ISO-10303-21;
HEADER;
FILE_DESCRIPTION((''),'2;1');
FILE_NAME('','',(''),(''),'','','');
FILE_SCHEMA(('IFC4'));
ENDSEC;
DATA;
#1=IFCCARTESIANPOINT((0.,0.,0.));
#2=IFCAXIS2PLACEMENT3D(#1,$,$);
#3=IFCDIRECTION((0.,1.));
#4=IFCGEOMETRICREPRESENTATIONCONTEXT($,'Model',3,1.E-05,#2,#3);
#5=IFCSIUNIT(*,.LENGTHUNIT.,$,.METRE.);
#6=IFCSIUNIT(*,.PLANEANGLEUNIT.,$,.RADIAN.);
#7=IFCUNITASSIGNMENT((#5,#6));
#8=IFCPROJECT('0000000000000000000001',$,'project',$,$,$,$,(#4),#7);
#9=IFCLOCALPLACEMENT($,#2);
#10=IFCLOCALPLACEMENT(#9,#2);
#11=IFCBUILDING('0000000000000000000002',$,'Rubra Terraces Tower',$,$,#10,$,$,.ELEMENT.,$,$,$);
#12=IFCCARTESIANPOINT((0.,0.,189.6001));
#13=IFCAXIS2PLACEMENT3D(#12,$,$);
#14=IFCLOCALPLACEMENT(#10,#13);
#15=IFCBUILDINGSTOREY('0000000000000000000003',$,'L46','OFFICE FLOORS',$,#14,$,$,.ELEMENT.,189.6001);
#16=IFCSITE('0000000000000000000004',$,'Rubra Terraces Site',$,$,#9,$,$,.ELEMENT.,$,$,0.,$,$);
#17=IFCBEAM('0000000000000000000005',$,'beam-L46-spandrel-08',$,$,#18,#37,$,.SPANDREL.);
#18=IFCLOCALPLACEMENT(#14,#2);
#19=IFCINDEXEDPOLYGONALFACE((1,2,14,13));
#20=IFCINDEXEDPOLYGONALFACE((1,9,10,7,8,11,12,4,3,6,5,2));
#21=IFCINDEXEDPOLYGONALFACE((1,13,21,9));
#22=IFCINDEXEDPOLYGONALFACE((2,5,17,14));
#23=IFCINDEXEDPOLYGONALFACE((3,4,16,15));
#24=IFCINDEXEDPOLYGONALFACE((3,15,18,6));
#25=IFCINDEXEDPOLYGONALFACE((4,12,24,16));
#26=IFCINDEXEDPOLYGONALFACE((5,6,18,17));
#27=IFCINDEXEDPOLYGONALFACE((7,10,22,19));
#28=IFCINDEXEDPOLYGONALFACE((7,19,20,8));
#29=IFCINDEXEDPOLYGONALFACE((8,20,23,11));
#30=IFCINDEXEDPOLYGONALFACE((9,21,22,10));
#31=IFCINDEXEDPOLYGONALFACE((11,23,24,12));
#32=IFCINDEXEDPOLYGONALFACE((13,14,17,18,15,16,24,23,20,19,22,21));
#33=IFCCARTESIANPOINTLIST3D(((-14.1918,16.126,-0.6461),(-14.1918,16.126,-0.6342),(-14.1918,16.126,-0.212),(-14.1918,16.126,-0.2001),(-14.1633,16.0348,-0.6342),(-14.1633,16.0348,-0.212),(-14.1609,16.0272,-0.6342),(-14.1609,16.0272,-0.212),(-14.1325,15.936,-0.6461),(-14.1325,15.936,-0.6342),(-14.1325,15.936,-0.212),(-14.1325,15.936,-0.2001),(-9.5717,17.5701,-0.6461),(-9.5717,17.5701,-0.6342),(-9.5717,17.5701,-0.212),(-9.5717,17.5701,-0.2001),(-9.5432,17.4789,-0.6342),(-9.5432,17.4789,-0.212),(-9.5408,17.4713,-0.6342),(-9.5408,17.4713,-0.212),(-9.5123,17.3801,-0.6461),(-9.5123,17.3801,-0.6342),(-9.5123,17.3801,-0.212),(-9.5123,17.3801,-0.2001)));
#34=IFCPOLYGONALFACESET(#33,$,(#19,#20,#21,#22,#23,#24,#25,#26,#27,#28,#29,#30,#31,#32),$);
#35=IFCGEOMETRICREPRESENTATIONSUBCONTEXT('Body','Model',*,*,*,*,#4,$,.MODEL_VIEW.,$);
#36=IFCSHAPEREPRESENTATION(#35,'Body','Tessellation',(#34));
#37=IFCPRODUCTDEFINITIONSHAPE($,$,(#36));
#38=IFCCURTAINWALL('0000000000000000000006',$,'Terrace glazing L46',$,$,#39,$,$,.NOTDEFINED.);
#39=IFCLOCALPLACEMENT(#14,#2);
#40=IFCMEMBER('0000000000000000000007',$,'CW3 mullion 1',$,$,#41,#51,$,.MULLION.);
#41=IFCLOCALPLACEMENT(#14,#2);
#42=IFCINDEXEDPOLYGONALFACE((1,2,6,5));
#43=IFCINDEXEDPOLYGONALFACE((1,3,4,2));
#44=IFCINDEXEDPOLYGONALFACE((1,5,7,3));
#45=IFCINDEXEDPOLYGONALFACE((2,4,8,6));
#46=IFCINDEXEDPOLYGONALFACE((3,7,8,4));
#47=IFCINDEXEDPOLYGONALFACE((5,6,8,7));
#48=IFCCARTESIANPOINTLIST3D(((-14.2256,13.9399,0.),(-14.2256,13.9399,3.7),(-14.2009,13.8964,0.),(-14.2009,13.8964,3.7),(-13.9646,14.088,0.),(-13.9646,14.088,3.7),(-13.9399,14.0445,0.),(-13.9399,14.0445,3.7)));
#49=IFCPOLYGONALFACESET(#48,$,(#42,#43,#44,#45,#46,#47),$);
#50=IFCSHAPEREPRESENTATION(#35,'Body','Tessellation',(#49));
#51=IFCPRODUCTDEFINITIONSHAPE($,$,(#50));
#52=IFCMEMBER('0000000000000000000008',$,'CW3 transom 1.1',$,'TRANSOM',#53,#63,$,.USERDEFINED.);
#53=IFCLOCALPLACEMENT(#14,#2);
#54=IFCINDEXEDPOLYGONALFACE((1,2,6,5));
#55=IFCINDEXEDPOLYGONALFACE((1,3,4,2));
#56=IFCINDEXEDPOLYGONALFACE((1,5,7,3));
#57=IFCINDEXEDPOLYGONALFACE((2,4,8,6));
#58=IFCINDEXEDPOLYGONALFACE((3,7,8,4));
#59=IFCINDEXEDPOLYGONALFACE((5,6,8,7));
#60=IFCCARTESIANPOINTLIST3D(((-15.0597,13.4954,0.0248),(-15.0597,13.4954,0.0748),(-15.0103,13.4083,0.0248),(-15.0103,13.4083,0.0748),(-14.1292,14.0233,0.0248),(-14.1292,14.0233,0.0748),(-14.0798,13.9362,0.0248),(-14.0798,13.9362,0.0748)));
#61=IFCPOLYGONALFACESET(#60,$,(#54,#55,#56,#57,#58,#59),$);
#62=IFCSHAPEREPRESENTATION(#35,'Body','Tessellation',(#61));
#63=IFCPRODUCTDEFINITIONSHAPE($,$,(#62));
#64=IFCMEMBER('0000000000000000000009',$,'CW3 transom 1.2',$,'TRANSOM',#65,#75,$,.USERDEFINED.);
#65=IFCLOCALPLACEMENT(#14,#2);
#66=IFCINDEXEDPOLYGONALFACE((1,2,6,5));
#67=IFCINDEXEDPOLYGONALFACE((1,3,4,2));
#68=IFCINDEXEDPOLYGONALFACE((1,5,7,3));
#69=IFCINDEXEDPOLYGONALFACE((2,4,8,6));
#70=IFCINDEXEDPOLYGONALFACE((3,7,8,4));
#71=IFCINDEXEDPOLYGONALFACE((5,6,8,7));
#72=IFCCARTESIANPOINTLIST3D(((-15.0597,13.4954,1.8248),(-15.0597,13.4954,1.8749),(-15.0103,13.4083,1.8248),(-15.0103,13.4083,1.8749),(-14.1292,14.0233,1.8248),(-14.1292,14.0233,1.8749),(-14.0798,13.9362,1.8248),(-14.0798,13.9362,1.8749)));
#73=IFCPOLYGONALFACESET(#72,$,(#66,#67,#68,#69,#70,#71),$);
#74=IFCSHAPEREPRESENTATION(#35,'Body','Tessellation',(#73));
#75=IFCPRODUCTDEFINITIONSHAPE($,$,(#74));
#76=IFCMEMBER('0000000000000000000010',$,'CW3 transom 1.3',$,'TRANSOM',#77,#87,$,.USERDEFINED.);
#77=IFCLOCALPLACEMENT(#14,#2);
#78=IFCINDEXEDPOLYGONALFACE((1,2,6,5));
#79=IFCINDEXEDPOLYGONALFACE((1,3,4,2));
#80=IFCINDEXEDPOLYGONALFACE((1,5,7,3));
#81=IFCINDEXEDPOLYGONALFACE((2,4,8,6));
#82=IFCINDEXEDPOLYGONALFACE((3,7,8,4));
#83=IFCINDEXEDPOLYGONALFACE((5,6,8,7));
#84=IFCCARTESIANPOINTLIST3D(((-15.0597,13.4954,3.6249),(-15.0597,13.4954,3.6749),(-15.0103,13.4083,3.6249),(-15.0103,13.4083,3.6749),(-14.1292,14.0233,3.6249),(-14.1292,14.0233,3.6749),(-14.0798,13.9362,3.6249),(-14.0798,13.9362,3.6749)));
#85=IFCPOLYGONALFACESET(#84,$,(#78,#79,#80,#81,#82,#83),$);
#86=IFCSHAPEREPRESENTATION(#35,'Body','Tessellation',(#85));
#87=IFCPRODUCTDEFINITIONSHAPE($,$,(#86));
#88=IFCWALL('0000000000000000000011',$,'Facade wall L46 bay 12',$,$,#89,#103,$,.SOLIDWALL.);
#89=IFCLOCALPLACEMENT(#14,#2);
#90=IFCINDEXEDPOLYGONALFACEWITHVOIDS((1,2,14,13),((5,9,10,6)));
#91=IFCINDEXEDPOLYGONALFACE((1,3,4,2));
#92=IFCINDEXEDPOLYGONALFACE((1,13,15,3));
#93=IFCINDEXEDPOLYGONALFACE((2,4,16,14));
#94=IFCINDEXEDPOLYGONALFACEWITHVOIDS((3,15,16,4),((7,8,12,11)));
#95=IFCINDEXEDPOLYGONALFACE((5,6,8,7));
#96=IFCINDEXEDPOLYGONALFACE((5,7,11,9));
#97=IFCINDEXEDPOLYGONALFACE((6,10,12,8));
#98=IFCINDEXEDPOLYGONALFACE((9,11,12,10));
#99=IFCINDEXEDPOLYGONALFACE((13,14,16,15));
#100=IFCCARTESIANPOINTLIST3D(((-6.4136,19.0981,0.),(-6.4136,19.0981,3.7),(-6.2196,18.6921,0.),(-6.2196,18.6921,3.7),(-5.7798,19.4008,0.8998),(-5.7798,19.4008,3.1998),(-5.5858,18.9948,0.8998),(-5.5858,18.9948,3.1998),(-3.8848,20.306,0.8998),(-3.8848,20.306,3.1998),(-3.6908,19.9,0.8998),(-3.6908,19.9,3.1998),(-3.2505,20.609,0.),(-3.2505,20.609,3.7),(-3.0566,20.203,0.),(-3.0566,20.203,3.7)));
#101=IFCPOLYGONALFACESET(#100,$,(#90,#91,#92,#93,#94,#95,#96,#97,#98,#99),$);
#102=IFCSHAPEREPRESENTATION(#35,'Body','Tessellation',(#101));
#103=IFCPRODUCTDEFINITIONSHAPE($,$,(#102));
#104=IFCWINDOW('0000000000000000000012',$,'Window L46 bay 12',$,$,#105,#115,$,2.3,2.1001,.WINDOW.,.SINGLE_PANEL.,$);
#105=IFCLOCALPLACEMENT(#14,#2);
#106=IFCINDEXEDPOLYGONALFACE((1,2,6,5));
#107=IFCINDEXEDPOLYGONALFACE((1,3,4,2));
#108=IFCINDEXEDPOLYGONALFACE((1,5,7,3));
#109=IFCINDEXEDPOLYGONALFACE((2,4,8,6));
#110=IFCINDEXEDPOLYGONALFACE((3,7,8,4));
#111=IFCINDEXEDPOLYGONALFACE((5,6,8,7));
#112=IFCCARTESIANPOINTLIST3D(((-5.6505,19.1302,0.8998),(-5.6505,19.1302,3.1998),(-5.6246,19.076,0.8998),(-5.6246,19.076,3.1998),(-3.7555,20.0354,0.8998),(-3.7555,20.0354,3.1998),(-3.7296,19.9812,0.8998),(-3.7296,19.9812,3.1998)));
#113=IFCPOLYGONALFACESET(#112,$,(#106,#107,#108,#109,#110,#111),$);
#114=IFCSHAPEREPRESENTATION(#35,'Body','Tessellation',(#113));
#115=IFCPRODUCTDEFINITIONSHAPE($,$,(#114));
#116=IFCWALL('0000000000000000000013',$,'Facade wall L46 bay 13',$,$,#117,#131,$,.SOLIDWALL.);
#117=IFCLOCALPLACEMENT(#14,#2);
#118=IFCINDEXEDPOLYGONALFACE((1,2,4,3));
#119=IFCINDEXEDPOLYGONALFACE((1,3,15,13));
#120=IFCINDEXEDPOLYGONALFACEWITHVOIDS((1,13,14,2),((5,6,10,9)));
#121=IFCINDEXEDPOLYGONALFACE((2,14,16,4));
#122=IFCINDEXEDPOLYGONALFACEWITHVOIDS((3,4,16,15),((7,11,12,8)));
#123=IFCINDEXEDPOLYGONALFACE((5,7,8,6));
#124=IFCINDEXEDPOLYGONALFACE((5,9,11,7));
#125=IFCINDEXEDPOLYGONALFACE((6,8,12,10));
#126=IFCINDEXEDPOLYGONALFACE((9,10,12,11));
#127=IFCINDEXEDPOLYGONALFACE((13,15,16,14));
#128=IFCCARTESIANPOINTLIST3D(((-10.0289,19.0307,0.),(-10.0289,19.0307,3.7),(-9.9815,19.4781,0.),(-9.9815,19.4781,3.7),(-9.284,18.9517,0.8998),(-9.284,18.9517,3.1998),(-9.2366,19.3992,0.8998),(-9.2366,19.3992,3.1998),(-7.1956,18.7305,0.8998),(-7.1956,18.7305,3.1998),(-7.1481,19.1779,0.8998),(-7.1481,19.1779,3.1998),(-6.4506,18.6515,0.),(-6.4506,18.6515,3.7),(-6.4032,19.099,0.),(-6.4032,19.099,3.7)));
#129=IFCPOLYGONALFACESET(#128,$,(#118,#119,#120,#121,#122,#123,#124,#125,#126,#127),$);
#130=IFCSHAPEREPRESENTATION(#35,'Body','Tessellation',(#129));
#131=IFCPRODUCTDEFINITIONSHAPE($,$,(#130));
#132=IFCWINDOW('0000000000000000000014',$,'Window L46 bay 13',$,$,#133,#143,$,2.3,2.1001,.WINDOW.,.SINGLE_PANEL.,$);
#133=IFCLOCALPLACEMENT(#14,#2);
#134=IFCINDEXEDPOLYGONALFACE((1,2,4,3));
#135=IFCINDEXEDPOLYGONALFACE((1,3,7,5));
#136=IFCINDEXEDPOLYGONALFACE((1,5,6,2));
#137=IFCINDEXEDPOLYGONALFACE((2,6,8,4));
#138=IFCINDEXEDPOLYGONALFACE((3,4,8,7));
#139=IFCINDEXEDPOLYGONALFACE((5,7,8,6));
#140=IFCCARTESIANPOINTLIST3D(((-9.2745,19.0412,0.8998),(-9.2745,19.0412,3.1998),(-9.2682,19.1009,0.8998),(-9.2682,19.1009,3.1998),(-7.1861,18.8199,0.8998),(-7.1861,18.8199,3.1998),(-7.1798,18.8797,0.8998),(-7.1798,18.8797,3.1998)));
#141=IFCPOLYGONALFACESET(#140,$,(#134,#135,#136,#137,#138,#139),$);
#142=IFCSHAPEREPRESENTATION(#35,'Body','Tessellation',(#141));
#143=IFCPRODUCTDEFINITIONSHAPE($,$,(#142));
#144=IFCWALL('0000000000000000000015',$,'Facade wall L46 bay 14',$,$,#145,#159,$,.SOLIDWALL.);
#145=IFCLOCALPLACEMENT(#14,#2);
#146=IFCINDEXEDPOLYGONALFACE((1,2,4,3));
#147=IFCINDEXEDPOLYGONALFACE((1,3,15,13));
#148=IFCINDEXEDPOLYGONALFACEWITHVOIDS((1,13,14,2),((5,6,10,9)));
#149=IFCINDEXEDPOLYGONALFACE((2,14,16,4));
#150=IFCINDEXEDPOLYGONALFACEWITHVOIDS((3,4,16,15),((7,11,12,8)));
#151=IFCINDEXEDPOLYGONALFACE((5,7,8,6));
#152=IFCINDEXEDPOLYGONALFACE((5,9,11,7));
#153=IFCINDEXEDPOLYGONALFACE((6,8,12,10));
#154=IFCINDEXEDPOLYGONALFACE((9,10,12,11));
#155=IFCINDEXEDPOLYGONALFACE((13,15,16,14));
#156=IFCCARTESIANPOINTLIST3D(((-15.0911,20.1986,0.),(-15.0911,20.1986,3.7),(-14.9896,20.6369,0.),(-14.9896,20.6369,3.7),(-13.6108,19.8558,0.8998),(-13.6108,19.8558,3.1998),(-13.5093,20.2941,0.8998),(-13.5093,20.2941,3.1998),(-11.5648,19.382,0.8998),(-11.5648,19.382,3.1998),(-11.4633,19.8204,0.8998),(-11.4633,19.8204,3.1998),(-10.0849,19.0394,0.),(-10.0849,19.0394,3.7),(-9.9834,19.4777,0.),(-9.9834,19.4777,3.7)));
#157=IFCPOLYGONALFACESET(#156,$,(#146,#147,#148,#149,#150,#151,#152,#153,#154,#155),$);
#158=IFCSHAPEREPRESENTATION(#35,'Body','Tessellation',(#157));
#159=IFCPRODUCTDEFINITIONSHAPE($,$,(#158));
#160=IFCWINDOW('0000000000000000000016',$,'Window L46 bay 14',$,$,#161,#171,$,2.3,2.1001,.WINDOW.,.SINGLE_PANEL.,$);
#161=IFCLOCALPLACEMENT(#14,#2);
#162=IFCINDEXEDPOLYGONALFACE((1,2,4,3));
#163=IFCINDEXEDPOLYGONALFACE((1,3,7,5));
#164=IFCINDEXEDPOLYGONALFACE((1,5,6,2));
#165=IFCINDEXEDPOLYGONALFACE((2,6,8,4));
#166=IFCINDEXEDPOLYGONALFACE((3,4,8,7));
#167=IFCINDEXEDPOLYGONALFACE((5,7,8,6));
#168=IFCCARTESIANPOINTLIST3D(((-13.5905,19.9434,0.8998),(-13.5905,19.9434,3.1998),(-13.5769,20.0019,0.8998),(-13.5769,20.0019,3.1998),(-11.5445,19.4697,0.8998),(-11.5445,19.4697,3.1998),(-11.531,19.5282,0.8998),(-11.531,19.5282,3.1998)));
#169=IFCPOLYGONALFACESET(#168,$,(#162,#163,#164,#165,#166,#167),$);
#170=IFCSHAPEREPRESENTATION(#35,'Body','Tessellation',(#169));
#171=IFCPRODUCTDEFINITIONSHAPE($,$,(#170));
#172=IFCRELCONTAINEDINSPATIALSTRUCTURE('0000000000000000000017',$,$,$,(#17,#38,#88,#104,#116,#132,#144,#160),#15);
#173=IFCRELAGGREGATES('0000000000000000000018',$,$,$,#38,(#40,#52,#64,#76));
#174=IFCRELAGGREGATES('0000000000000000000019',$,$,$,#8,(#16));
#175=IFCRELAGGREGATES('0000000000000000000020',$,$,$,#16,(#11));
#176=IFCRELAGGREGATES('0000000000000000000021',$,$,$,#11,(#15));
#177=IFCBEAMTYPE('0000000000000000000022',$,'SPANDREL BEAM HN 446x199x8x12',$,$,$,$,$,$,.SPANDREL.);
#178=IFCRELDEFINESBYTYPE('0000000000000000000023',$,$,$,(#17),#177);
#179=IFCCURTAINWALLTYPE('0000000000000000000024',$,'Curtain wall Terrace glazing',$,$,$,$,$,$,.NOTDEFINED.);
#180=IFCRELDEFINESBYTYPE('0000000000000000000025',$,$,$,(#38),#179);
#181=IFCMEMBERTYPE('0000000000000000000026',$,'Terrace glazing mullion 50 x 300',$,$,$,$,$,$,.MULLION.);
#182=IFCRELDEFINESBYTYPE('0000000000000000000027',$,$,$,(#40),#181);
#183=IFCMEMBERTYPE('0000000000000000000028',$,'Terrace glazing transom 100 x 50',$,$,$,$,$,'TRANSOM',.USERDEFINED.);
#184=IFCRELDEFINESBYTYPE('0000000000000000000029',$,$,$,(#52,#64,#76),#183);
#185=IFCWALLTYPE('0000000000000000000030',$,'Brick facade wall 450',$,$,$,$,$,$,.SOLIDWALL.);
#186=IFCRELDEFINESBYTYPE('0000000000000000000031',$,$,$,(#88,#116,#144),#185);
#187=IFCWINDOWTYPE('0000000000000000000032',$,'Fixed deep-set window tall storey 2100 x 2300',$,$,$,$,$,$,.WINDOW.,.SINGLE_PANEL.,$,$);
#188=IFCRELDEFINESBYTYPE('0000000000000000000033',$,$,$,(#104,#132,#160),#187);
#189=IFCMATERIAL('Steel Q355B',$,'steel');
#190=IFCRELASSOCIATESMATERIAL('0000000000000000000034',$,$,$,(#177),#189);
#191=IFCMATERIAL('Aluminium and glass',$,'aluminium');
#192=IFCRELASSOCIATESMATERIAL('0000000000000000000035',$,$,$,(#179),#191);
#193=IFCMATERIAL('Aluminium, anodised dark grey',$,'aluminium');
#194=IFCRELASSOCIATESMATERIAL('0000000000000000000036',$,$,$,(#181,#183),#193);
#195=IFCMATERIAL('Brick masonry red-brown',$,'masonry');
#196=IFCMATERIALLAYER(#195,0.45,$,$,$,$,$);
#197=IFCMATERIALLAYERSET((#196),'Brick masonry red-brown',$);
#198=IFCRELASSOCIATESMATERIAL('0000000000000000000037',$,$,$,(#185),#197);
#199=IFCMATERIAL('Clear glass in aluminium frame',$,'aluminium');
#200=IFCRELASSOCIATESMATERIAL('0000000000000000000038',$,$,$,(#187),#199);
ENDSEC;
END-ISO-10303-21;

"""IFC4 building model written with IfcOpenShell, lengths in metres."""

from ifc_helpers import new_model, si_unit, direction, frame, frame_2d, origin, origin_2d, place, context, subcontext, project, spatial, rectangle, i_section, extrude, material, layer, layer_set, material_profile, profile_set, type_object, element, fill, aggregate, save


model = new_model("IFC4")

# Units and contexts
model_context = context("Model", 3, precision=1e-05, world=origin(), true_north=direction((0.0, 1.0)))
body_context = subcontext(model_context, "Body", "Model", "MODEL_VIEW")
ifc_project = project(units=[si_unit("LENGTHUNIT", "METRE"), si_unit("PLANEANGLEUNIT", "RADIAN")], contexts=[model_context])

# Site, building, storey
site_placement = place(None, origin())
site = spatial("IfcSite", under=ifc_project, at=site_placement, Name="Rubra Terraces Site", CompositionType="ELEMENT", RefElevation=0.0)
building_placement = place(site_placement, origin())
building = spatial("IfcBuilding", under=site, at=building_placement, Name="Rubra Terraces Tower", CompositionType="ELEMENT")
storey_placement = place(building_placement, frame((0.0, 0.0, 189.6001)))
storey = spatial("IfcBuildingStorey", under=building, at=storey_placement, Name="L46", Description="OFFICE FLOORS", CompositionType="ELEMENT", Elevation=189.6001)

# Beam
ifc_material_1 = material(Name="Steel Q355B", Category="steel")
ifc_material_profile_1 = material_profile(ifc_material_1, i_section(OverallWidth=0.199, OverallDepth=0.446, WebThickness=0.0081, FlangeThickness=0.012, at=origin_2d()), Name="HN 446x199x8x12")
ifc_profile_set_1 = profile_set([ifc_material_profile_1], Name="Steel Q355B")
beam_type_1 = type_object("IfcBeamType", Name="SPANDREL BEAM HN 446x199x8x12", PredefinedType="SPANDREL", material=ifc_profile_set_1)
beam_1_placement = place(storey_placement, frame((-9.542, 17.4751, -0.4231), z_axis=(-0.954462, -0.298332, 0.0), x_axis=(0.298332, -0.954462, 0.0)))
element("IfcBeam", 1, at=beam_1_placement, inside=storey, type_object=beam_type_1, Name="beam-L46-spandrel-08", PredefinedType="SPANDREL", context=body_context, shape_type="SweptSolid", body=[
    extrude(i_section(OverallWidth=0.199, OverallDepth=0.446, WebThickness=0.0081, FlangeThickness=0.012, at=origin_2d()), origin(), (0.0, 0.0, 1.0), 4.8406),
])

# Curtain wall, members
ifc_material_2 = material(Name="Aluminium and glass", Category="aluminium")
curtain_wall_type = type_object("IfcCurtainWallType", Name="Curtain wall Terrace glazing", PredefinedType="NOTDEFINED", material=ifc_material_2)
curtain_wall_placement = place(storey_placement, origin())
curtain_wall = element("IfcCurtainWall", 2, at=curtain_wall_placement, inside=storey, type_object=curtain_wall_type, Name="Terrace glazing L46", PredefinedType="NOTDEFINED")
ifc_material_3 = material(Name="Aluminium, anodised dark grey", Category="aluminium")
ifc_material_profile_2 = material_profile(ifc_material_3, rectangle(XDim=0.05, YDim=0.3, at=origin_2d()), Name="AL 50x300")
ifc_profile_set_2 = profile_set([ifc_material_profile_2], Name="Aluminium, anodised dark grey")
member_type_1 = type_object("IfcMemberType", Name="Terrace glazing mullion 50 x 300", PredefinedType="MULLION", material=ifc_profile_set_2)
member_1_placement = place(storey_placement, frame((-14.0828, 13.9922, 0.0), z_axis=(0.0, 0.0, 1.0), x_axis=(0.493534, -0.869726, 0.0)))
member_1 = element("IfcMember", 3, at=member_1_placement, type_object=member_type_1, Name="CW3 mullion 1", PredefinedType="MULLION", context=body_context, shape_type="SweptSolid", body=[
    extrude(rectangle(XDim=0.05, YDim=0.3, at=origin_2d()), origin(), (0.0, 0.0, 1.0), 3.7),
])
ifc_material_profile_3 = material_profile(ifc_material_3, rectangle(XDim=0.1001, YDim=0.05, at=origin_2d()), Name="AL 100x50")
ifc_profile_set_3 = profile_set([ifc_material_profile_3], Name="Aluminium, anodised dark grey")
member_type_2 = type_object("IfcMemberType", Name="Terrace glazing transom 100 x 50", ElementType="TRANSOM", PredefinedType="USERDEFINED", material=ifc_profile_set_3)
member_2_placement = place(storey_placement, frame((-14.1045, 13.9797, 0.0498), z_axis=(-0.869784, -0.493433, 0.0), x_axis=(0.493433, -0.869784, 0.0)))
member_2 = element("IfcMember", 4, at=member_2_placement, type_object=member_type_2, Name="CW3 transom 1.1", ObjectType="TRANSOM", PredefinedType="USERDEFINED", context=body_context, shape_type="SweptSolid", body=[
    extrude(rectangle(XDim=0.1001, YDim=0.05, at=origin_2d()), origin(), (0.0, 0.0, 1.0), 1.0698),
])
member_3_placement = place(storey_placement, frame((-14.1045, 13.9797, 1.8499), z_axis=(-0.869784, -0.493433, 0.0), x_axis=(0.493433, -0.869784, 0.0)))
member_3 = element("IfcMember", 5, at=member_3_placement, type_object=member_type_2, Name="CW3 transom 1.2", ObjectType="TRANSOM", PredefinedType="USERDEFINED", context=body_context, shape_type="SweptSolid", body=[
    extrude(rectangle(XDim=0.1001, YDim=0.05, at=origin_2d()), origin(), (0.0, 0.0, 1.0), 1.0698),
])
member_4_placement = place(storey_placement, frame((-14.1045, 13.9797, 3.6499), z_axis=(-0.869784, -0.493433, 0.0), x_axis=(0.493433, -0.869784, 0.0)))
member_4 = element("IfcMember", 6, at=member_4_placement, type_object=member_type_2, Name="CW3 transom 1.3", ObjectType="TRANSOM", PredefinedType="USERDEFINED", context=body_context, shape_type="SweptSolid", body=[
    extrude(rectangle(XDim=0.1001, YDim=0.05, at=origin_2d()), origin(), (0.0, 0.0, 1.0), 1.0698),
])
aggregate(curtain_wall, [member_1, member_2, member_3, member_4])

# Walls, openings, windows
ifc_material_4 = material(Name="Brick masonry red-brown", Category="masonry")
ifc_layer_1 = layer(ifc_material_4, 0.45)
ifc_layer_set_1 = layer_set([ifc_layer_1], Name="Brick masonry red-brown")
wall_type_1 = type_object("IfcWallType", Name="Brick facade wall 450", PredefinedType="SOLIDWALL", material=ifc_layer_set_1)
wall_1_placement = place(storey_placement, frame((-3.1536, 20.406, 0.0), z_axis=(0.0, 0.0, 1.0), x_axis=(-0.902333, -0.431039, 0.0)))
wall_1 = element("IfcWall", 7, at=wall_1_placement, inside=storey, type_object=wall_type_1, Name="Facade wall L46 bay 12", PredefinedType="SOLIDWALL", context=body_context, shape_type="SweptSolid", body=[
    extrude(rectangle(XDim=3.5054, YDim=0.45, at=frame_2d((1.7527, 0.0))), origin(), (0.0, 0.0, 1.0), 3.7),
])
opening_1_placement = place(wall_1_placement, frame((0.7029, 0.0, 0.8999)))
opening_1 = element("IfcOpeningElement", 8, at=opening_1_placement, cuts=wall_1, PredefinedType="OPENING", context=body_context, shape_type="SweptSolid", body=[
    extrude(rectangle(XDim=2.1001, YDim=2.3, at=frame_2d((1.05, 1.1499))), frame((0.0, 0.2349, 0.0), z_axis=(0.0, -1.0, 0.0), x_axis=(1.0, 0.0, 0.0)), (0.0, 0.0, 1.0), 0.47),
])
ifc_material_5 = material(Name="Clear glass in aluminium frame", Category="aluminium")
window_type = type_object("IfcWindowType", Name="Fixed deep-set window tall storey 2100 x 2300", PartitioningType="SINGLE_PANEL", PredefinedType="WINDOW", material=ifc_material_5)
window_1_placement = place(opening_1_placement, origin())
window_1 = element("IfcWindow", 9, at=window_1_placement, inside=storey, type_object=window_type, Name="Window L46 bay 12", OverallHeight=2.3, OverallWidth=2.1001, PartitioningType="SINGLE_PANEL", PredefinedType="WINDOW", context=body_context, shape_type="SweptSolid", body=[
    extrude(rectangle(XDim=2.1001, YDim=2.3, at=frame_2d((1.05, 1.1499))), frame((0.0, 0.135, 0.0), z_axis=(0.0, -1.0, 0.0), x_axis=(1.0, 0.0, 0.0)), (0.0, 0.0, 1.0), 0.0601),
])
fill(opening_1, window_1)
wall_2_placement = place(storey_placement, frame((-6.4268, 18.8752, 0.0), z_axis=(0.0, 0.0, 1.0), x_axis=(-0.994433, 0.105366, 0.0)))
wall_2 = element("IfcWall", 10, at=wall_2_placement, inside=storey, type_object=wall_type_1, Name="Facade wall L46 bay 13", PredefinedType="SOLIDWALL", context=body_context, shape_type="SweptSolid", body=[
    extrude(rectangle(XDim=3.5984, YDim=0.45, at=frame_2d((1.7993, 0.0))), origin(), (0.0, 0.0, 1.0), 3.7),
])
opening_2_placement = place(wall_2_placement, frame((0.7493, 0.0, 0.8999)))
opening_2 = element("IfcOpeningElement", 11, at=opening_2_placement, cuts=wall_2, PredefinedType="OPENING", context=body_context, shape_type="SweptSolid", body=[
    extrude(rectangle(XDim=2.1001, YDim=2.3, at=frame_2d((1.05, 1.1499))), frame((0.0, 0.2349, 0.0), z_axis=(0.0, -1.0, 0.0), x_axis=(1.0, 0.0, 0.0)), (0.0, 0.0, 1.0), 0.47),
])
window_2_placement = place(opening_2_placement, origin())
window_2 = element("IfcWindow", 12, at=window_2_placement, inside=storey, type_object=window_type, Name="Window L46 bay 13", OverallHeight=2.3, OverallWidth=2.1001, PartitioningType="SINGLE_PANEL", PredefinedType="WINDOW", context=body_context, shape_type="SweptSolid", body=[
    extrude(rectangle(XDim=2.1001, YDim=2.3, at=frame_2d((1.05, 1.1499))), frame((0.0, 0.135, 0.0), z_axis=(0.0, -1.0, 0.0), x_axis=(1.0, 0.0, 0.0)), (0.0, 0.0, 1.0), 0.0601),
])
fill(opening_2, window_2)
wall_3_placement = place(storey_placement, frame((-10.0342, 19.2585, 0.0), z_axis=(0.0, 0.0, 1.0), x_axis=(-0.974224, 0.225585, 0.0)))
wall_3 = element("IfcWall", 13, at=wall_3_placement, inside=storey, type_object=wall_type_1, Name="Facade wall L46 bay 14", PredefinedType="SOLIDWALL", context=body_context, shape_type="SweptSolid", body=[
    extrude(rectangle(XDim=5.1387, YDim=0.45, at=frame_2d((2.5693, 0.0))), origin(), (0.0, 0.0, 1.0), 3.7),
])
opening_3_placement = place(wall_3_placement, frame((1.519, 0.0, 0.8999)))
opening_3 = element("IfcOpeningElement", 14, at=opening_3_placement, cuts=wall_3, PredefinedType="OPENING", context=body_context, shape_type="SweptSolid", body=[
    extrude(rectangle(XDim=2.1001, YDim=2.3, at=frame_2d((1.05, 1.1499))), frame((0.0, 0.2349, 0.0), z_axis=(0.0, -1.0, 0.0), x_axis=(1.0, 0.0, 0.0)), (0.0, 0.0, 1.0), 0.47),
])
window_3_placement = place(opening_3_placement, origin())
window_3 = element("IfcWindow", 15, at=window_3_placement, inside=storey, type_object=window_type, Name="Window L46 bay 14", OverallHeight=2.3, OverallWidth=2.1001, PartitioningType="SINGLE_PANEL", PredefinedType="WINDOW", context=body_context, shape_type="SweptSolid", body=[
    extrude(rectangle(XDim=2.1001, YDim=2.3, at=frame_2d((1.05, 1.1499))), frame((0.0, 0.135, 0.0), z_axis=(0.0, -1.0, 0.0), x_axis=(1.0, 0.0, 0.0)), (0.0, 0.0, 1.0), 0.0601),
])
fill(opening_3, window_3)

save(model, "model.ifc")
